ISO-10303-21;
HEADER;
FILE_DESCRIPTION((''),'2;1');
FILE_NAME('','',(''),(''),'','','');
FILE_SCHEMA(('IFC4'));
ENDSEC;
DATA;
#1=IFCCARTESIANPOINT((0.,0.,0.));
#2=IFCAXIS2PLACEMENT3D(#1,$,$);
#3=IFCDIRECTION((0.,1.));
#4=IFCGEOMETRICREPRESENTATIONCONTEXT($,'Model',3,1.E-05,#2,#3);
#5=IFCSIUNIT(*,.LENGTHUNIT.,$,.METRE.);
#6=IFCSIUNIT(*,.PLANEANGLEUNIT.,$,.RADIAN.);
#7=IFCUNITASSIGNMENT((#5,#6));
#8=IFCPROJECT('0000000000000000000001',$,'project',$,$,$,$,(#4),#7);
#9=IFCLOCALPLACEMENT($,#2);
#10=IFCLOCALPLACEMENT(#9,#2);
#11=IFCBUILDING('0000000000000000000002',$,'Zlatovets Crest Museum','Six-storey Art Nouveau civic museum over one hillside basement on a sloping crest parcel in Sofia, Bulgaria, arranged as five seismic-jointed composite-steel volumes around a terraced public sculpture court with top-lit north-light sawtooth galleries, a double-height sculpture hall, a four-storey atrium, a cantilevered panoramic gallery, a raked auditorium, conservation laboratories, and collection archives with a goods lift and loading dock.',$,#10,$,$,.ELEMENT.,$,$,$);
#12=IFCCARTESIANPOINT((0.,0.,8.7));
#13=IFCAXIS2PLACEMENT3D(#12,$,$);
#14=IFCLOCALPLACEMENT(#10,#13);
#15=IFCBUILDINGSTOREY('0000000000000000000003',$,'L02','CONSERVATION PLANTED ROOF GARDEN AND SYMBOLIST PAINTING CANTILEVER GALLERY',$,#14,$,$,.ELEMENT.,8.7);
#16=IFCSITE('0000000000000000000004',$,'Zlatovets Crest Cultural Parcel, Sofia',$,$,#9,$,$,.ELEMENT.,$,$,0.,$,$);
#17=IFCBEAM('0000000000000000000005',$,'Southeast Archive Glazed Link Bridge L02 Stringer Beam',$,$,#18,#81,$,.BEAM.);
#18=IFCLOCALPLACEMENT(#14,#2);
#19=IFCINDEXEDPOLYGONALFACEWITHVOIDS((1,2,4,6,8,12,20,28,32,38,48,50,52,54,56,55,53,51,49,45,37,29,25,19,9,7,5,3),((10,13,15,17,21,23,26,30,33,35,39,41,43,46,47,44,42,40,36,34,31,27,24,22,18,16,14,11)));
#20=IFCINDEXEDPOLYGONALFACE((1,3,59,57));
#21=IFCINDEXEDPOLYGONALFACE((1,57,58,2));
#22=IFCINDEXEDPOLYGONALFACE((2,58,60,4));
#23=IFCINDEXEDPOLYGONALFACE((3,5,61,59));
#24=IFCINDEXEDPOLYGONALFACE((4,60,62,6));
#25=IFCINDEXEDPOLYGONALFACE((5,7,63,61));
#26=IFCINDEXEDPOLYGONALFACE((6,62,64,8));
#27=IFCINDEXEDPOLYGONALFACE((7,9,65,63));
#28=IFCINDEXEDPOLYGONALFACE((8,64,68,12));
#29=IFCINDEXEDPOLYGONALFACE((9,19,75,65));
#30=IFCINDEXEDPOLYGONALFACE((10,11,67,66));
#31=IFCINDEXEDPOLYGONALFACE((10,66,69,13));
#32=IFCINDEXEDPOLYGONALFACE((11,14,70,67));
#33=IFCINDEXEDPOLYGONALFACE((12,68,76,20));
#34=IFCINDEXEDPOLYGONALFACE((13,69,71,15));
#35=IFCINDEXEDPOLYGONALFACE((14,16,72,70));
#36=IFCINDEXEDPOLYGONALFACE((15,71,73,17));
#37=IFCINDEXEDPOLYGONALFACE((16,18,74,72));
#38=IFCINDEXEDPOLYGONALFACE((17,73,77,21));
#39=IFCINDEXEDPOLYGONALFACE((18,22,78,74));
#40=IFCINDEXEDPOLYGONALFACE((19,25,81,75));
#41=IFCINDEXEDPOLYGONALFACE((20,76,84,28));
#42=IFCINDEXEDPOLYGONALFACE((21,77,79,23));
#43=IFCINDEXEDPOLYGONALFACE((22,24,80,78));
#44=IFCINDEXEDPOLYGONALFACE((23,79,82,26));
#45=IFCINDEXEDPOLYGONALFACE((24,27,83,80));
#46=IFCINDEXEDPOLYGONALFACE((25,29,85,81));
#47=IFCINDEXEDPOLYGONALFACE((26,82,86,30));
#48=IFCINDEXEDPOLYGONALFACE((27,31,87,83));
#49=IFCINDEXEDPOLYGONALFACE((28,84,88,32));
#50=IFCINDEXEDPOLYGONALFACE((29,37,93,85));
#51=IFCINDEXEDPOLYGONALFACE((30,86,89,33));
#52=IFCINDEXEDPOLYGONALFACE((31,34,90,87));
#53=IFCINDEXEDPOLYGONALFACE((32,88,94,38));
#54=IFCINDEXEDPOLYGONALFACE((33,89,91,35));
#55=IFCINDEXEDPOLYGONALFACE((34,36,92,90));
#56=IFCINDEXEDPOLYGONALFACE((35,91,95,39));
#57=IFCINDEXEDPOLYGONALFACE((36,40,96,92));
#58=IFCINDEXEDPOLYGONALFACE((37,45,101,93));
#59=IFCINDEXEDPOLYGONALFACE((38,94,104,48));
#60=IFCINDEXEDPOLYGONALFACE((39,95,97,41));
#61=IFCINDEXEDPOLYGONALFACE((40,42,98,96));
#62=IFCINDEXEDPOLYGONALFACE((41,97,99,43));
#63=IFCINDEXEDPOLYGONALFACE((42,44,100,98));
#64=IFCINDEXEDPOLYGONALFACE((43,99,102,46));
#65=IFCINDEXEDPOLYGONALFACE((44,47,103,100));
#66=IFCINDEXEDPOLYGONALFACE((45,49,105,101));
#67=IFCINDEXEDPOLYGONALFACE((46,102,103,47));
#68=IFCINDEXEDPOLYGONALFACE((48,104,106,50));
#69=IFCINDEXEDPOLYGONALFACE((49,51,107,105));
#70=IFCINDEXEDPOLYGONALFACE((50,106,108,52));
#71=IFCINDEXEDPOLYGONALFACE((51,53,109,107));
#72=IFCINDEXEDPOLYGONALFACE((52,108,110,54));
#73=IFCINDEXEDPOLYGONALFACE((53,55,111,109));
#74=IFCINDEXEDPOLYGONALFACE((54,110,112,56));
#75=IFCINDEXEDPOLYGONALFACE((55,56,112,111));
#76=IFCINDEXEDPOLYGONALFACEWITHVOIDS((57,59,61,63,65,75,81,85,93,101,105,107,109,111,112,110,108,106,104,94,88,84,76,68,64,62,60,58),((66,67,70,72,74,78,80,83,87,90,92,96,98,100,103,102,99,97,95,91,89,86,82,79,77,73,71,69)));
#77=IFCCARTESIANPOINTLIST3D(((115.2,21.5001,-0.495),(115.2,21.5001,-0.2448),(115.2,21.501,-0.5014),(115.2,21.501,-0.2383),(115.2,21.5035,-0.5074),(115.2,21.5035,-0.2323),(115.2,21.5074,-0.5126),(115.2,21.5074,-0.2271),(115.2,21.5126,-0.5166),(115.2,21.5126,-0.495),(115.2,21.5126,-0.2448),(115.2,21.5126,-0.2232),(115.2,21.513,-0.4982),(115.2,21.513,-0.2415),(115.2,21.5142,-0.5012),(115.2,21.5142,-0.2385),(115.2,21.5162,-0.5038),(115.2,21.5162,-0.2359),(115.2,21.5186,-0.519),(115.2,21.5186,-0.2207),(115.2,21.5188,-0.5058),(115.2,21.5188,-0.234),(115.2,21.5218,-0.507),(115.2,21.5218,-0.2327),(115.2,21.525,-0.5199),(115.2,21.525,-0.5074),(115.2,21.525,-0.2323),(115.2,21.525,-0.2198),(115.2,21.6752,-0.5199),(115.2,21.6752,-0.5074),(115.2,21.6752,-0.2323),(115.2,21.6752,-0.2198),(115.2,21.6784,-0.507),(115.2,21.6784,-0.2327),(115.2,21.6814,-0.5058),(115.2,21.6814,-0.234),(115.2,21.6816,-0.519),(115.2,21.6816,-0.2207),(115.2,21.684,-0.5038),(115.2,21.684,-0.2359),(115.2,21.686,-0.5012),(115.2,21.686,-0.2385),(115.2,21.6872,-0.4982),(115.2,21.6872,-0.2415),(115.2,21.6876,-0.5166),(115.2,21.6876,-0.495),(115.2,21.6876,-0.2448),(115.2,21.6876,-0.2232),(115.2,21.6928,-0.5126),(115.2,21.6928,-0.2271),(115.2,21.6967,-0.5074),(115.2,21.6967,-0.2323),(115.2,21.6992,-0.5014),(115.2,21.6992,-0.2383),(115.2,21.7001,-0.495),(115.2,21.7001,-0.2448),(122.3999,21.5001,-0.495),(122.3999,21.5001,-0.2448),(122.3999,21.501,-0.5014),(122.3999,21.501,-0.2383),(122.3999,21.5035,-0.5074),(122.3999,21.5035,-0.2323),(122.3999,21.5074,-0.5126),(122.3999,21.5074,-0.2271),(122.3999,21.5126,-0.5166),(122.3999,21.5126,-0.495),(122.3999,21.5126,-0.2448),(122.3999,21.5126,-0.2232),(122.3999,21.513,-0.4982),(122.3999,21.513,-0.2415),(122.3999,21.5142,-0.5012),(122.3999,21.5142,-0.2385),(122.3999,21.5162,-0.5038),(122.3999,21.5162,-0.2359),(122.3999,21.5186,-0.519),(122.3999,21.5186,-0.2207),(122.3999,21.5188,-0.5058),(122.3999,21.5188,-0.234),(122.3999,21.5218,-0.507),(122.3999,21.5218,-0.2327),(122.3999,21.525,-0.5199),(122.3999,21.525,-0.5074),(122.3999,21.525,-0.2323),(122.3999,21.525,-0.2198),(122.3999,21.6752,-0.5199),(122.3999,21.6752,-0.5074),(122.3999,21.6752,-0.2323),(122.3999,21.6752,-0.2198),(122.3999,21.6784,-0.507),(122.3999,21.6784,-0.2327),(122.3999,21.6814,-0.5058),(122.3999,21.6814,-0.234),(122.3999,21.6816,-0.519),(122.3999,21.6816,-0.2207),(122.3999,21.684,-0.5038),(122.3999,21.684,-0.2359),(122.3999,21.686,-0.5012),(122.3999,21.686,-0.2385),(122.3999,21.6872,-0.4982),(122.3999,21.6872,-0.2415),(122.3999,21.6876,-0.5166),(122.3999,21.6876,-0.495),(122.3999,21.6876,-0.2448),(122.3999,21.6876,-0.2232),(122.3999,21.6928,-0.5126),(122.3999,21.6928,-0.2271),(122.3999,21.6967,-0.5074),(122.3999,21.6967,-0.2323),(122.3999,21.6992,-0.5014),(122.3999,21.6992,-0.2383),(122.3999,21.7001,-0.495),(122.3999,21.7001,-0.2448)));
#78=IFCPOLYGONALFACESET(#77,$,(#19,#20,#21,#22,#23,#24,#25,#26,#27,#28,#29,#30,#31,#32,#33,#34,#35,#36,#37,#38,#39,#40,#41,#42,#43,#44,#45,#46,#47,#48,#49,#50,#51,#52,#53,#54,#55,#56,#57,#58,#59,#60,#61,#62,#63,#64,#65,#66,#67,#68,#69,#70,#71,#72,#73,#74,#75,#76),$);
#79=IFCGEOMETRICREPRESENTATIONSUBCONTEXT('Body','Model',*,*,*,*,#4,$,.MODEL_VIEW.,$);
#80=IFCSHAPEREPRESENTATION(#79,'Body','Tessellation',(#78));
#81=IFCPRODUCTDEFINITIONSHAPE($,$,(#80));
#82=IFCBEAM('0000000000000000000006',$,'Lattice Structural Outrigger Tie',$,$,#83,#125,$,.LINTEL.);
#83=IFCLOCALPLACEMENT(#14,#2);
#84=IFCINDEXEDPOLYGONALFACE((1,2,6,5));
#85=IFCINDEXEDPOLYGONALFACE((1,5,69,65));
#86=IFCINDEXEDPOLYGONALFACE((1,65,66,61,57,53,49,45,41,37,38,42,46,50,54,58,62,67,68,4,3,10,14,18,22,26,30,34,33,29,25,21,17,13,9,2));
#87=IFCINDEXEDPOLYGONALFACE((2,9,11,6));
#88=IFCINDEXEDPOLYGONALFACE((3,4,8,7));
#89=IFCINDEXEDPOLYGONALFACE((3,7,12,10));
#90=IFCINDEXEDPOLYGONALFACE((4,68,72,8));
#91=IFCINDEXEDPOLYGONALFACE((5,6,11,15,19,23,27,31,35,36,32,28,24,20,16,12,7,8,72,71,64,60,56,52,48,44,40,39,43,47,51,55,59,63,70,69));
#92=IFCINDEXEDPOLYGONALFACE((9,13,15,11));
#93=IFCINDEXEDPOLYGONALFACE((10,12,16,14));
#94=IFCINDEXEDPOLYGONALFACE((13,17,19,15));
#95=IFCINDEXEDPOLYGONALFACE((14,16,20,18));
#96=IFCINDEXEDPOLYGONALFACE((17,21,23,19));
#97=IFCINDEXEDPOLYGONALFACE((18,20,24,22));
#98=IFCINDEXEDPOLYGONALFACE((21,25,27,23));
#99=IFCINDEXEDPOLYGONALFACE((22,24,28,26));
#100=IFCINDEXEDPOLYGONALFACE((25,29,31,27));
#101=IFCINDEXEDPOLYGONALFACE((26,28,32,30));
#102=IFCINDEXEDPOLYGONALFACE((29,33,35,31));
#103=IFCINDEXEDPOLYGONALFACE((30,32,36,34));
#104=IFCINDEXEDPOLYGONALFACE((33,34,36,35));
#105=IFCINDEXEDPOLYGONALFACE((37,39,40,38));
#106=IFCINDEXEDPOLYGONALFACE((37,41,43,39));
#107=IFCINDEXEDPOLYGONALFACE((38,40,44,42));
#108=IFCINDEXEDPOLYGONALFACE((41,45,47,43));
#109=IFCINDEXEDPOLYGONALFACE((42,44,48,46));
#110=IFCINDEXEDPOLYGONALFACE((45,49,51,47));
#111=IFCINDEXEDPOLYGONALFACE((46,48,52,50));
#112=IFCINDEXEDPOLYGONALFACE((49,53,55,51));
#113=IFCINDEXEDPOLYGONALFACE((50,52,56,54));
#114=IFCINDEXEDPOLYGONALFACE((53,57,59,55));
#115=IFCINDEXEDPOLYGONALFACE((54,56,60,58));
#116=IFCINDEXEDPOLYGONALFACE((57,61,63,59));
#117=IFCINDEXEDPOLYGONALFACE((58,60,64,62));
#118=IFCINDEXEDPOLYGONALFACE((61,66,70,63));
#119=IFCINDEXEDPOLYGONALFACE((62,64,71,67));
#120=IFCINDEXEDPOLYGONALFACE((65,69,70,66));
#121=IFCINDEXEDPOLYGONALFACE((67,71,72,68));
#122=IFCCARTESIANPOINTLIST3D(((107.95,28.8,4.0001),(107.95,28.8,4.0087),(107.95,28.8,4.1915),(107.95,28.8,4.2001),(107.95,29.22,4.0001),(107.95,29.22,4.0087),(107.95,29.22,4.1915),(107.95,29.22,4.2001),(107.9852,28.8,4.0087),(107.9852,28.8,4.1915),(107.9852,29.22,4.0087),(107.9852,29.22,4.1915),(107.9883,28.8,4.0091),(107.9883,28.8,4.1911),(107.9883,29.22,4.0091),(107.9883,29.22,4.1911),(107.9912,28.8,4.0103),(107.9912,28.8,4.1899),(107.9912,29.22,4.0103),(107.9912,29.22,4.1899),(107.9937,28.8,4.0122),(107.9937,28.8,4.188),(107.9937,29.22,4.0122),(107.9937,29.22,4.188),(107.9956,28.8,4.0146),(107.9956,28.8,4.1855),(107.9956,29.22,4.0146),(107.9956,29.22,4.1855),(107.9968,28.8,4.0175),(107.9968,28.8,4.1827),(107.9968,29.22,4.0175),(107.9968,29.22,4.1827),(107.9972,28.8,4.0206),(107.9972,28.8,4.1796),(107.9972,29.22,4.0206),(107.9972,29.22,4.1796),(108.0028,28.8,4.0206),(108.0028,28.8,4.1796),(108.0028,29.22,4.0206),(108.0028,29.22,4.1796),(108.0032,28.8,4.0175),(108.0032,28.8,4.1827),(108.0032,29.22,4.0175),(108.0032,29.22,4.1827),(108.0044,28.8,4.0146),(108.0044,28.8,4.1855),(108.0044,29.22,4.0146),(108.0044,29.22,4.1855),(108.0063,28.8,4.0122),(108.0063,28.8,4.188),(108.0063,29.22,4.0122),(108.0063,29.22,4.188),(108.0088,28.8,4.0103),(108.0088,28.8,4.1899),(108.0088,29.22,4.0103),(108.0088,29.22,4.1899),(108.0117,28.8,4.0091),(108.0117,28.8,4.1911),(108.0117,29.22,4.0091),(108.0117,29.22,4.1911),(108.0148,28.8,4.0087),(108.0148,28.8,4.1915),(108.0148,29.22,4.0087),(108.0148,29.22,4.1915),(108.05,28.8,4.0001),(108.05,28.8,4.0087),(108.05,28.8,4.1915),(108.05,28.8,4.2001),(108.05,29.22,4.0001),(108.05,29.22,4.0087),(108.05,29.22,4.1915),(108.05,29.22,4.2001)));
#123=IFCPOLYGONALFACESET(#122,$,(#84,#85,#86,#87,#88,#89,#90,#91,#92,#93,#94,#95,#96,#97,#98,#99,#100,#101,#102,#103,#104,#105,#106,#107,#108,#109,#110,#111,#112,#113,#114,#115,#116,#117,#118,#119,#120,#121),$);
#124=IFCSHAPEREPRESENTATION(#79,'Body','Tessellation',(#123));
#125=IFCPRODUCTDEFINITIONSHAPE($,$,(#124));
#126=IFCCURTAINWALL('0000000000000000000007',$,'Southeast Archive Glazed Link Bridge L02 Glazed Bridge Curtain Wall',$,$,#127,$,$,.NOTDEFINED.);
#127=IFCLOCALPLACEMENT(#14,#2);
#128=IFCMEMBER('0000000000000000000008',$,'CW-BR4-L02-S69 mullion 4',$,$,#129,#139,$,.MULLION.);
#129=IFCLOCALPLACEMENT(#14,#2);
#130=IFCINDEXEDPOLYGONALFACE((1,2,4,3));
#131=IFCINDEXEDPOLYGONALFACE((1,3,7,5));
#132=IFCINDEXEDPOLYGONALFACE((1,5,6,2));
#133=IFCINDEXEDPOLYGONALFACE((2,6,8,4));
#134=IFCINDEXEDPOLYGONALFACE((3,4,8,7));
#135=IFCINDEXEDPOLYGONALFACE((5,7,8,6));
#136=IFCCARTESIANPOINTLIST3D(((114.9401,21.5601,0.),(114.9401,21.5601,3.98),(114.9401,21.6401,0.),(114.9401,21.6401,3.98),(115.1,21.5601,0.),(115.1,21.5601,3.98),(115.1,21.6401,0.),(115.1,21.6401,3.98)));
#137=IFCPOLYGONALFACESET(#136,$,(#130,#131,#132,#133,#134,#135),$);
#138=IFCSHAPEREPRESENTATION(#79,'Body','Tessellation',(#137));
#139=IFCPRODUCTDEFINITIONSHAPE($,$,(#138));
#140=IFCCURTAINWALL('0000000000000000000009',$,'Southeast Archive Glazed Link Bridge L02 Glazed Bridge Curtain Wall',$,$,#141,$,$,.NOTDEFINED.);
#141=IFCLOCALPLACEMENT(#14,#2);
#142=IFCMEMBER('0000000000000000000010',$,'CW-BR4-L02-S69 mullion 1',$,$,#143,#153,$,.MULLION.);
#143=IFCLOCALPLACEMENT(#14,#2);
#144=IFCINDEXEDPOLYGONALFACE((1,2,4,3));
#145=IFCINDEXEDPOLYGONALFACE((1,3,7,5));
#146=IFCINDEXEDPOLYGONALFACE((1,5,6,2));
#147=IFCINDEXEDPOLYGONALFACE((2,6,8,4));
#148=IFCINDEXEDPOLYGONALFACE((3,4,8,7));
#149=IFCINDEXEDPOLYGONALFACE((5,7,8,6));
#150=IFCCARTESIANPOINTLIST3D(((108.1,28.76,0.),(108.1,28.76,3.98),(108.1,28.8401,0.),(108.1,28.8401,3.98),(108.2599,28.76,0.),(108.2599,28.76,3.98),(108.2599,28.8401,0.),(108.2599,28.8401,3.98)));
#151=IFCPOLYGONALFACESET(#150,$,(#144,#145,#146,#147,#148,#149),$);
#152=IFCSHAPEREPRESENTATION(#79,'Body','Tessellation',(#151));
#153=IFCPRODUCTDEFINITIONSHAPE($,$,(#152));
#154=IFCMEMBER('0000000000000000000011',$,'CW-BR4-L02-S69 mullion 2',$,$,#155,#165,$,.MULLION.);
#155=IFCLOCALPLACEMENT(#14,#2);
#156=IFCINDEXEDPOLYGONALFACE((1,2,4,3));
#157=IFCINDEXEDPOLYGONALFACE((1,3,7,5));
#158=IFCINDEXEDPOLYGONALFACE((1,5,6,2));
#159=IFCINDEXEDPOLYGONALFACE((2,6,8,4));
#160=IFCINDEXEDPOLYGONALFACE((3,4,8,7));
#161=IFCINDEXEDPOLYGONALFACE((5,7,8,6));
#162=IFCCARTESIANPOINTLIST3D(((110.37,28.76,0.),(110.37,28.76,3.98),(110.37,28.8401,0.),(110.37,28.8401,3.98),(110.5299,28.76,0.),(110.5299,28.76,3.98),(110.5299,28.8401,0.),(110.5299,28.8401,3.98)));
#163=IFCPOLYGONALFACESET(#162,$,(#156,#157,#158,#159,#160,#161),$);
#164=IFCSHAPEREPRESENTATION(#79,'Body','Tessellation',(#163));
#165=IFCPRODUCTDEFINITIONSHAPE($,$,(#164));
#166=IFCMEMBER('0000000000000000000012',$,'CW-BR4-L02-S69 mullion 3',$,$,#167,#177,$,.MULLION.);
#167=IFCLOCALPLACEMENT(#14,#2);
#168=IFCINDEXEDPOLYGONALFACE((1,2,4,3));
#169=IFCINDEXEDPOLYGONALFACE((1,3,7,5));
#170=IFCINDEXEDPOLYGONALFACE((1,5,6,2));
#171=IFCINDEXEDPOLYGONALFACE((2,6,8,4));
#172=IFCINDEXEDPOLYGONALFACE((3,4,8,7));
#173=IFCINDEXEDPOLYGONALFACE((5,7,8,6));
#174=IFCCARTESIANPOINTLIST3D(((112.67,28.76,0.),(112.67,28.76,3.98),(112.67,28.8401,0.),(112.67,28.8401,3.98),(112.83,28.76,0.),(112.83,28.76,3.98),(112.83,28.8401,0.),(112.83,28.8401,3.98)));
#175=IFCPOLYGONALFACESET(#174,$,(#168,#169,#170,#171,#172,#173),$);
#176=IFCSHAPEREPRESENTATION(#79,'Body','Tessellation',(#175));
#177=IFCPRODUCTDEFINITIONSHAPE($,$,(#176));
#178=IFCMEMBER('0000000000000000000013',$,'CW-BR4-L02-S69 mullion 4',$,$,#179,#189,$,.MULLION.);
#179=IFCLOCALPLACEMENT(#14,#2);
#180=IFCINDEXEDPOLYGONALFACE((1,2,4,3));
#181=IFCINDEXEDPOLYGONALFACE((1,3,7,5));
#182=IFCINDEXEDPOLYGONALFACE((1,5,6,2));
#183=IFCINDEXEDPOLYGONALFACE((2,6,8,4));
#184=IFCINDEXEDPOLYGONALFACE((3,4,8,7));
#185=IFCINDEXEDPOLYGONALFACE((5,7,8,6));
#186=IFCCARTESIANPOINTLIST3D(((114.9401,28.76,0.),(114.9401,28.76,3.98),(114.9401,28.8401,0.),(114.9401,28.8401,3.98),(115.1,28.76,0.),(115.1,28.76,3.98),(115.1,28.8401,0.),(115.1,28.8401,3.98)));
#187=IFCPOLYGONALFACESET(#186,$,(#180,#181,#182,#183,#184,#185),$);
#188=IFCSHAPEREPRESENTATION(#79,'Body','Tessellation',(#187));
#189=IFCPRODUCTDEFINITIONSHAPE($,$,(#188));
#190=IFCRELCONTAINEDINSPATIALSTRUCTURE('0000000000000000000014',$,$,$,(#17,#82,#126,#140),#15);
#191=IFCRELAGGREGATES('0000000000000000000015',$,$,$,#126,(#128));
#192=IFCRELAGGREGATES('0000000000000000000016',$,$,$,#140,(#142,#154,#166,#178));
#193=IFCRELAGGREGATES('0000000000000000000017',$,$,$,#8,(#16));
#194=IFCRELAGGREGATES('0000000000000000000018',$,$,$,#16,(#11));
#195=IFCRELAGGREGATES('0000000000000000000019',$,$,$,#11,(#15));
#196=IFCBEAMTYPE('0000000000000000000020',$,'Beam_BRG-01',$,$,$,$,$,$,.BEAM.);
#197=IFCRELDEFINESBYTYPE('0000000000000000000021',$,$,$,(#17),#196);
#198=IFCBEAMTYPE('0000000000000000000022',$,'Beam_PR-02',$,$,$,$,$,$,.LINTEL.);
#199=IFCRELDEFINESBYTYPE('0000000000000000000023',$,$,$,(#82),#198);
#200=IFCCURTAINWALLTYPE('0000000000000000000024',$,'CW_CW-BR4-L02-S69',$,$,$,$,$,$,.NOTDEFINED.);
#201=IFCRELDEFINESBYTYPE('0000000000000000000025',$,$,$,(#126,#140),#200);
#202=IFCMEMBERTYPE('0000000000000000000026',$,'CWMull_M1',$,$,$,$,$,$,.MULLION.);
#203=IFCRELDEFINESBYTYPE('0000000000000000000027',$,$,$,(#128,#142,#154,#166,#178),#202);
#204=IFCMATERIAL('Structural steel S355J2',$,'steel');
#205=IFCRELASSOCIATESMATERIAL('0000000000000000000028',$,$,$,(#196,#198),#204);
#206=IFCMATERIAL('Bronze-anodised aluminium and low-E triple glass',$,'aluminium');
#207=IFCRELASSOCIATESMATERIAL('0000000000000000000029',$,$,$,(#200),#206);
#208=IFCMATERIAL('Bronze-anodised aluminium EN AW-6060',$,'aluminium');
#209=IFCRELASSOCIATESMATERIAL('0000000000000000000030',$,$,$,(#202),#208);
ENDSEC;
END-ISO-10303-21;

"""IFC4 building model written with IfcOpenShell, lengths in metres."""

from ifc_helpers import new_model, si_unit, direction, frame, origin, origin_2d, place, context, subcontext, project, spatial, rectangle, hollow_rectangle, i_section, extrude, material, material_profile, profile_set, type_object, element, aggregate, save


model = new_model("IFC4")

# Units and contexts
model_context = context("Model", 3, precision=1e-05, world=origin(), true_north=direction((0.0, 1.0)))
body_context = subcontext(model_context, "Body", "Model", "MODEL_VIEW")
ifc_project = project(units=[si_unit("LENGTHUNIT", "METRE"), si_unit("PLANEANGLEUNIT", "RADIAN")], contexts=[model_context])

# Site, building, storey
site_placement = place(None, origin())
site = spatial("IfcSite", under=ifc_project, at=site_placement, Name="Zlatovets Crest Cultural Parcel, Sofia", CompositionType="ELEMENT", RefElevation=0.0)
building_placement = place(site_placement, origin())
building = spatial("IfcBuilding", under=site, at=building_placement, Name="Zlatovets Crest Museum", Description="Six-storey Art Nouveau civic museum over one hillside basement on a sloping crest parcel in Sofia, Bulgaria, arranged as five seismic-jointed composite-steel volumes around a terraced public sculpture court with top-lit north-light sawtooth galleries, a double-height sculpture hall, a four-storey atrium, a cantilevered panoramic gallery, a raked auditorium, conservation laboratories, and collection archives with a goods lift and loading dock.", CompositionType="ELEMENT")
storey_placement = place(building_placement, frame((0.0, 0.0, 8.7)))
storey = spatial("IfcBuildingStorey", under=building, at=storey_placement, Name="L02", Description="CONSERVATION PLANTED ROOF GARDEN AND SYMBOLIST PAINTING CANTILEVER GALLERY", CompositionType="ELEMENT", Elevation=8.7)

# Shared definitions
ifc_material_1 = material(Name="Structural steel S355J2", Category="steel")

# Beams
ifc_material_profile_1 = material_profile(ifc_material_1, hollow_rectangle(XDim=0.2, YDim=0.3, WallThickness=0.0125, InnerFilletRadius=0.0125, OuterFilletRadius=0.0249, at=origin_2d()), Name="RHS 200x300x12.5")
ifc_profile_set_1 = profile_set([ifc_material_profile_1], Name="Structural steel S355J2")
beam_type_1 = type_object("IfcBeamType", Name="Beam_BRG-01", PredefinedType="BEAM", material=ifc_profile_set_1)
beam_1_placement = place(storey_placement, frame((115.2, 21.6001, -0.3699), z_axis=(1.0, 0.0, 0.0), x_axis=(0.0, 1.0, 0.0)))
element("IfcBeam", 1, at=beam_1_placement, inside=storey, type_object=beam_type_1, Name="Southeast Archive Glazed Link Bridge L02 Stringer Beam", PredefinedType="BEAM", context=body_context, shape_type="SweptSolid", body=[
    extrude(hollow_rectangle(XDim=0.2, YDim=0.3, WallThickness=0.0125, InnerFilletRadius=0.0125, OuterFilletRadius=0.0249, at=origin_2d()), origin(), (0.0, 0.0, 1.0), 7.2),
])
ifc_material_profile_2 = material_profile(ifc_material_1, i_section(OverallWidth=0.1001, OverallDepth=0.2, WebThickness=0.0056, FlangeThickness=0.0085, FilletRadius=0.012, at=origin_2d()), Name="IPE 200")
ifc_profile_set_2 = profile_set([ifc_material_profile_2], Name="Structural steel S355J2")
beam_type_2 = type_object("IfcBeamType", Name="Beam_PR-02", PredefinedType="LINTEL", material=ifc_profile_set_2)
beam_2_placement = place(storey_placement, frame((108.0, 28.8, 4.1001), z_axis=(0.0, 1.0, 0.0), x_axis=(-1.0, 0.0, 0.0)))
element("IfcBeam", 2, at=beam_2_placement, inside=storey, type_object=beam_type_2, Name="Lattice Structural Outrigger Tie", PredefinedType="LINTEL", context=body_context, shape_type="SweptSolid", body=[
    extrude(i_section(OverallWidth=0.1001, OverallDepth=0.2, WebThickness=0.0056, FlangeThickness=0.0085, FilletRadius=0.012, at=origin_2d()), origin(), (0.0, 0.0, 1.0), 0.4199),
])

# Curtain wall, member
ifc_material_2 = material(Name="Bronze-anodised aluminium and low-E triple glass", Category="aluminium")
curtain_wall_type = type_object("IfcCurtainWallType", Name="CW_CW-BR4-L02-S69", PredefinedType="NOTDEFINED", material=ifc_material_2)
curtain_wall_1_placement = place(storey_placement, origin())
curtain_wall_1 = element("IfcCurtainWall", 3, at=curtain_wall_1_placement, inside=storey, type_object=curtain_wall_type, Name="Southeast Archive Glazed Link Bridge L02 Glazed Bridge Curtain Wall", PredefinedType="NOTDEFINED")
ifc_material_3 = material(Name="Bronze-anodised aluminium EN AW-6060", Category="aluminium")
ifc_material_profile_3 = material_profile(ifc_material_3, rectangle(XDim=0.0801, YDim=0.1599, at=origin_2d()), Name="ALU 80x160")
ifc_profile_set_3 = profile_set([ifc_material_profile_3], Name="Bronze-anodised aluminium EN AW-6060")
member_type_1 = type_object("IfcMemberType", Name="CWMull_M1", PredefinedType="MULLION", material=ifc_profile_set_3)
member_1_placement = place(storey_placement, frame((115.02, 21.6001, 0.0), z_axis=(0.0, 0.0, 1.0), x_axis=(0.0, 1.0, 0.0)))
member_1 = element("IfcMember", 4, at=member_1_placement, type_object=member_type_1, Name="CW-BR4-L02-S69 mullion 4", PredefinedType="MULLION", context=body_context, shape_type="SweptSolid", body=[
    extrude(rectangle(XDim=0.0801, YDim=0.1599, at=origin_2d()), origin(), (0.0, 0.0, 1.0), 3.98),
])

# Curtain wall, members
curtain_wall_2_placement = place(storey_placement, origin())
curtain_wall_2 = element("IfcCurtainWall", 5, at=curtain_wall_2_placement, inside=storey, type_object=curtain_wall_type, Name="Southeast Archive Glazed Link Bridge L02 Glazed Bridge Curtain Wall", PredefinedType="NOTDEFINED")
member_2_placement = place(storey_placement, frame((108.1799, 28.8, 0.0), z_axis=(0.0, 0.0, 1.0), x_axis=(0.0, 1.0, 0.0)))
member_2 = element("IfcMember", 6, at=member_2_placement, type_object=member_type_1, Name="CW-BR4-L02-S69 mullion 1", PredefinedType="MULLION", context=body_context, shape_type="SweptSolid", body=[
    extrude(rectangle(XDim=0.0801, YDim=0.1599, at=origin_2d()), origin(), (0.0, 0.0, 1.0), 3.98),
])
member_3_placement = place(storey_placement, frame((110.45, 28.8, 0.0), z_axis=(0.0, 0.0, 1.0), x_axis=(0.0, 1.0, 0.0)))
member_3 = element("IfcMember", 7, at=member_3_placement, type_object=member_type_1, Name="CW-BR4-L02-S69 mullion 2", PredefinedType="MULLION", context=body_context, shape_type="SweptSolid", body=[
    extrude(rectangle(XDim=0.0801, YDim=0.1599, at=origin_2d()), origin(), (0.0, 0.0, 1.0), 3.98),
])
member_4_placement = place(storey_placement, frame((112.75, 28.8, 0.0), z_axis=(0.0, 0.0, 1.0), x_axis=(0.0, 1.0, 0.0)))
member_4 = element("IfcMember", 8, at=member_4_placement, type_object=member_type_1, Name="CW-BR4-L02-S69 mullion 3", PredefinedType="MULLION", context=body_context, shape_type="SweptSolid", body=[
    extrude(rectangle(XDim=0.0801, YDim=0.1599, at=origin_2d()), origin(), (0.0, 0.0, 1.0), 3.98),
])
member_5_placement = place(storey_placement, frame((115.02, 28.8, 0.0), z_axis=(0.0, 0.0, 1.0), x_axis=(0.0, 1.0, 0.0)))
member_5 = element("IfcMember", 9, at=member_5_placement, type_object=member_type_1, Name="CW-BR4-L02-S69 mullion 4", PredefinedType="MULLION", context=body_context, shape_type="SweptSolid", body=[
    extrude(rectangle(XDim=0.0801, YDim=0.1599, at=origin_2d()), origin(), (0.0, 0.0, 1.0), 3.98),
])

aggregate(curtain_wall_1, [member_1])
aggregate(curtain_wall_2, [member_2, member_3, member_4, member_5])

save(model, "model.ifc")
